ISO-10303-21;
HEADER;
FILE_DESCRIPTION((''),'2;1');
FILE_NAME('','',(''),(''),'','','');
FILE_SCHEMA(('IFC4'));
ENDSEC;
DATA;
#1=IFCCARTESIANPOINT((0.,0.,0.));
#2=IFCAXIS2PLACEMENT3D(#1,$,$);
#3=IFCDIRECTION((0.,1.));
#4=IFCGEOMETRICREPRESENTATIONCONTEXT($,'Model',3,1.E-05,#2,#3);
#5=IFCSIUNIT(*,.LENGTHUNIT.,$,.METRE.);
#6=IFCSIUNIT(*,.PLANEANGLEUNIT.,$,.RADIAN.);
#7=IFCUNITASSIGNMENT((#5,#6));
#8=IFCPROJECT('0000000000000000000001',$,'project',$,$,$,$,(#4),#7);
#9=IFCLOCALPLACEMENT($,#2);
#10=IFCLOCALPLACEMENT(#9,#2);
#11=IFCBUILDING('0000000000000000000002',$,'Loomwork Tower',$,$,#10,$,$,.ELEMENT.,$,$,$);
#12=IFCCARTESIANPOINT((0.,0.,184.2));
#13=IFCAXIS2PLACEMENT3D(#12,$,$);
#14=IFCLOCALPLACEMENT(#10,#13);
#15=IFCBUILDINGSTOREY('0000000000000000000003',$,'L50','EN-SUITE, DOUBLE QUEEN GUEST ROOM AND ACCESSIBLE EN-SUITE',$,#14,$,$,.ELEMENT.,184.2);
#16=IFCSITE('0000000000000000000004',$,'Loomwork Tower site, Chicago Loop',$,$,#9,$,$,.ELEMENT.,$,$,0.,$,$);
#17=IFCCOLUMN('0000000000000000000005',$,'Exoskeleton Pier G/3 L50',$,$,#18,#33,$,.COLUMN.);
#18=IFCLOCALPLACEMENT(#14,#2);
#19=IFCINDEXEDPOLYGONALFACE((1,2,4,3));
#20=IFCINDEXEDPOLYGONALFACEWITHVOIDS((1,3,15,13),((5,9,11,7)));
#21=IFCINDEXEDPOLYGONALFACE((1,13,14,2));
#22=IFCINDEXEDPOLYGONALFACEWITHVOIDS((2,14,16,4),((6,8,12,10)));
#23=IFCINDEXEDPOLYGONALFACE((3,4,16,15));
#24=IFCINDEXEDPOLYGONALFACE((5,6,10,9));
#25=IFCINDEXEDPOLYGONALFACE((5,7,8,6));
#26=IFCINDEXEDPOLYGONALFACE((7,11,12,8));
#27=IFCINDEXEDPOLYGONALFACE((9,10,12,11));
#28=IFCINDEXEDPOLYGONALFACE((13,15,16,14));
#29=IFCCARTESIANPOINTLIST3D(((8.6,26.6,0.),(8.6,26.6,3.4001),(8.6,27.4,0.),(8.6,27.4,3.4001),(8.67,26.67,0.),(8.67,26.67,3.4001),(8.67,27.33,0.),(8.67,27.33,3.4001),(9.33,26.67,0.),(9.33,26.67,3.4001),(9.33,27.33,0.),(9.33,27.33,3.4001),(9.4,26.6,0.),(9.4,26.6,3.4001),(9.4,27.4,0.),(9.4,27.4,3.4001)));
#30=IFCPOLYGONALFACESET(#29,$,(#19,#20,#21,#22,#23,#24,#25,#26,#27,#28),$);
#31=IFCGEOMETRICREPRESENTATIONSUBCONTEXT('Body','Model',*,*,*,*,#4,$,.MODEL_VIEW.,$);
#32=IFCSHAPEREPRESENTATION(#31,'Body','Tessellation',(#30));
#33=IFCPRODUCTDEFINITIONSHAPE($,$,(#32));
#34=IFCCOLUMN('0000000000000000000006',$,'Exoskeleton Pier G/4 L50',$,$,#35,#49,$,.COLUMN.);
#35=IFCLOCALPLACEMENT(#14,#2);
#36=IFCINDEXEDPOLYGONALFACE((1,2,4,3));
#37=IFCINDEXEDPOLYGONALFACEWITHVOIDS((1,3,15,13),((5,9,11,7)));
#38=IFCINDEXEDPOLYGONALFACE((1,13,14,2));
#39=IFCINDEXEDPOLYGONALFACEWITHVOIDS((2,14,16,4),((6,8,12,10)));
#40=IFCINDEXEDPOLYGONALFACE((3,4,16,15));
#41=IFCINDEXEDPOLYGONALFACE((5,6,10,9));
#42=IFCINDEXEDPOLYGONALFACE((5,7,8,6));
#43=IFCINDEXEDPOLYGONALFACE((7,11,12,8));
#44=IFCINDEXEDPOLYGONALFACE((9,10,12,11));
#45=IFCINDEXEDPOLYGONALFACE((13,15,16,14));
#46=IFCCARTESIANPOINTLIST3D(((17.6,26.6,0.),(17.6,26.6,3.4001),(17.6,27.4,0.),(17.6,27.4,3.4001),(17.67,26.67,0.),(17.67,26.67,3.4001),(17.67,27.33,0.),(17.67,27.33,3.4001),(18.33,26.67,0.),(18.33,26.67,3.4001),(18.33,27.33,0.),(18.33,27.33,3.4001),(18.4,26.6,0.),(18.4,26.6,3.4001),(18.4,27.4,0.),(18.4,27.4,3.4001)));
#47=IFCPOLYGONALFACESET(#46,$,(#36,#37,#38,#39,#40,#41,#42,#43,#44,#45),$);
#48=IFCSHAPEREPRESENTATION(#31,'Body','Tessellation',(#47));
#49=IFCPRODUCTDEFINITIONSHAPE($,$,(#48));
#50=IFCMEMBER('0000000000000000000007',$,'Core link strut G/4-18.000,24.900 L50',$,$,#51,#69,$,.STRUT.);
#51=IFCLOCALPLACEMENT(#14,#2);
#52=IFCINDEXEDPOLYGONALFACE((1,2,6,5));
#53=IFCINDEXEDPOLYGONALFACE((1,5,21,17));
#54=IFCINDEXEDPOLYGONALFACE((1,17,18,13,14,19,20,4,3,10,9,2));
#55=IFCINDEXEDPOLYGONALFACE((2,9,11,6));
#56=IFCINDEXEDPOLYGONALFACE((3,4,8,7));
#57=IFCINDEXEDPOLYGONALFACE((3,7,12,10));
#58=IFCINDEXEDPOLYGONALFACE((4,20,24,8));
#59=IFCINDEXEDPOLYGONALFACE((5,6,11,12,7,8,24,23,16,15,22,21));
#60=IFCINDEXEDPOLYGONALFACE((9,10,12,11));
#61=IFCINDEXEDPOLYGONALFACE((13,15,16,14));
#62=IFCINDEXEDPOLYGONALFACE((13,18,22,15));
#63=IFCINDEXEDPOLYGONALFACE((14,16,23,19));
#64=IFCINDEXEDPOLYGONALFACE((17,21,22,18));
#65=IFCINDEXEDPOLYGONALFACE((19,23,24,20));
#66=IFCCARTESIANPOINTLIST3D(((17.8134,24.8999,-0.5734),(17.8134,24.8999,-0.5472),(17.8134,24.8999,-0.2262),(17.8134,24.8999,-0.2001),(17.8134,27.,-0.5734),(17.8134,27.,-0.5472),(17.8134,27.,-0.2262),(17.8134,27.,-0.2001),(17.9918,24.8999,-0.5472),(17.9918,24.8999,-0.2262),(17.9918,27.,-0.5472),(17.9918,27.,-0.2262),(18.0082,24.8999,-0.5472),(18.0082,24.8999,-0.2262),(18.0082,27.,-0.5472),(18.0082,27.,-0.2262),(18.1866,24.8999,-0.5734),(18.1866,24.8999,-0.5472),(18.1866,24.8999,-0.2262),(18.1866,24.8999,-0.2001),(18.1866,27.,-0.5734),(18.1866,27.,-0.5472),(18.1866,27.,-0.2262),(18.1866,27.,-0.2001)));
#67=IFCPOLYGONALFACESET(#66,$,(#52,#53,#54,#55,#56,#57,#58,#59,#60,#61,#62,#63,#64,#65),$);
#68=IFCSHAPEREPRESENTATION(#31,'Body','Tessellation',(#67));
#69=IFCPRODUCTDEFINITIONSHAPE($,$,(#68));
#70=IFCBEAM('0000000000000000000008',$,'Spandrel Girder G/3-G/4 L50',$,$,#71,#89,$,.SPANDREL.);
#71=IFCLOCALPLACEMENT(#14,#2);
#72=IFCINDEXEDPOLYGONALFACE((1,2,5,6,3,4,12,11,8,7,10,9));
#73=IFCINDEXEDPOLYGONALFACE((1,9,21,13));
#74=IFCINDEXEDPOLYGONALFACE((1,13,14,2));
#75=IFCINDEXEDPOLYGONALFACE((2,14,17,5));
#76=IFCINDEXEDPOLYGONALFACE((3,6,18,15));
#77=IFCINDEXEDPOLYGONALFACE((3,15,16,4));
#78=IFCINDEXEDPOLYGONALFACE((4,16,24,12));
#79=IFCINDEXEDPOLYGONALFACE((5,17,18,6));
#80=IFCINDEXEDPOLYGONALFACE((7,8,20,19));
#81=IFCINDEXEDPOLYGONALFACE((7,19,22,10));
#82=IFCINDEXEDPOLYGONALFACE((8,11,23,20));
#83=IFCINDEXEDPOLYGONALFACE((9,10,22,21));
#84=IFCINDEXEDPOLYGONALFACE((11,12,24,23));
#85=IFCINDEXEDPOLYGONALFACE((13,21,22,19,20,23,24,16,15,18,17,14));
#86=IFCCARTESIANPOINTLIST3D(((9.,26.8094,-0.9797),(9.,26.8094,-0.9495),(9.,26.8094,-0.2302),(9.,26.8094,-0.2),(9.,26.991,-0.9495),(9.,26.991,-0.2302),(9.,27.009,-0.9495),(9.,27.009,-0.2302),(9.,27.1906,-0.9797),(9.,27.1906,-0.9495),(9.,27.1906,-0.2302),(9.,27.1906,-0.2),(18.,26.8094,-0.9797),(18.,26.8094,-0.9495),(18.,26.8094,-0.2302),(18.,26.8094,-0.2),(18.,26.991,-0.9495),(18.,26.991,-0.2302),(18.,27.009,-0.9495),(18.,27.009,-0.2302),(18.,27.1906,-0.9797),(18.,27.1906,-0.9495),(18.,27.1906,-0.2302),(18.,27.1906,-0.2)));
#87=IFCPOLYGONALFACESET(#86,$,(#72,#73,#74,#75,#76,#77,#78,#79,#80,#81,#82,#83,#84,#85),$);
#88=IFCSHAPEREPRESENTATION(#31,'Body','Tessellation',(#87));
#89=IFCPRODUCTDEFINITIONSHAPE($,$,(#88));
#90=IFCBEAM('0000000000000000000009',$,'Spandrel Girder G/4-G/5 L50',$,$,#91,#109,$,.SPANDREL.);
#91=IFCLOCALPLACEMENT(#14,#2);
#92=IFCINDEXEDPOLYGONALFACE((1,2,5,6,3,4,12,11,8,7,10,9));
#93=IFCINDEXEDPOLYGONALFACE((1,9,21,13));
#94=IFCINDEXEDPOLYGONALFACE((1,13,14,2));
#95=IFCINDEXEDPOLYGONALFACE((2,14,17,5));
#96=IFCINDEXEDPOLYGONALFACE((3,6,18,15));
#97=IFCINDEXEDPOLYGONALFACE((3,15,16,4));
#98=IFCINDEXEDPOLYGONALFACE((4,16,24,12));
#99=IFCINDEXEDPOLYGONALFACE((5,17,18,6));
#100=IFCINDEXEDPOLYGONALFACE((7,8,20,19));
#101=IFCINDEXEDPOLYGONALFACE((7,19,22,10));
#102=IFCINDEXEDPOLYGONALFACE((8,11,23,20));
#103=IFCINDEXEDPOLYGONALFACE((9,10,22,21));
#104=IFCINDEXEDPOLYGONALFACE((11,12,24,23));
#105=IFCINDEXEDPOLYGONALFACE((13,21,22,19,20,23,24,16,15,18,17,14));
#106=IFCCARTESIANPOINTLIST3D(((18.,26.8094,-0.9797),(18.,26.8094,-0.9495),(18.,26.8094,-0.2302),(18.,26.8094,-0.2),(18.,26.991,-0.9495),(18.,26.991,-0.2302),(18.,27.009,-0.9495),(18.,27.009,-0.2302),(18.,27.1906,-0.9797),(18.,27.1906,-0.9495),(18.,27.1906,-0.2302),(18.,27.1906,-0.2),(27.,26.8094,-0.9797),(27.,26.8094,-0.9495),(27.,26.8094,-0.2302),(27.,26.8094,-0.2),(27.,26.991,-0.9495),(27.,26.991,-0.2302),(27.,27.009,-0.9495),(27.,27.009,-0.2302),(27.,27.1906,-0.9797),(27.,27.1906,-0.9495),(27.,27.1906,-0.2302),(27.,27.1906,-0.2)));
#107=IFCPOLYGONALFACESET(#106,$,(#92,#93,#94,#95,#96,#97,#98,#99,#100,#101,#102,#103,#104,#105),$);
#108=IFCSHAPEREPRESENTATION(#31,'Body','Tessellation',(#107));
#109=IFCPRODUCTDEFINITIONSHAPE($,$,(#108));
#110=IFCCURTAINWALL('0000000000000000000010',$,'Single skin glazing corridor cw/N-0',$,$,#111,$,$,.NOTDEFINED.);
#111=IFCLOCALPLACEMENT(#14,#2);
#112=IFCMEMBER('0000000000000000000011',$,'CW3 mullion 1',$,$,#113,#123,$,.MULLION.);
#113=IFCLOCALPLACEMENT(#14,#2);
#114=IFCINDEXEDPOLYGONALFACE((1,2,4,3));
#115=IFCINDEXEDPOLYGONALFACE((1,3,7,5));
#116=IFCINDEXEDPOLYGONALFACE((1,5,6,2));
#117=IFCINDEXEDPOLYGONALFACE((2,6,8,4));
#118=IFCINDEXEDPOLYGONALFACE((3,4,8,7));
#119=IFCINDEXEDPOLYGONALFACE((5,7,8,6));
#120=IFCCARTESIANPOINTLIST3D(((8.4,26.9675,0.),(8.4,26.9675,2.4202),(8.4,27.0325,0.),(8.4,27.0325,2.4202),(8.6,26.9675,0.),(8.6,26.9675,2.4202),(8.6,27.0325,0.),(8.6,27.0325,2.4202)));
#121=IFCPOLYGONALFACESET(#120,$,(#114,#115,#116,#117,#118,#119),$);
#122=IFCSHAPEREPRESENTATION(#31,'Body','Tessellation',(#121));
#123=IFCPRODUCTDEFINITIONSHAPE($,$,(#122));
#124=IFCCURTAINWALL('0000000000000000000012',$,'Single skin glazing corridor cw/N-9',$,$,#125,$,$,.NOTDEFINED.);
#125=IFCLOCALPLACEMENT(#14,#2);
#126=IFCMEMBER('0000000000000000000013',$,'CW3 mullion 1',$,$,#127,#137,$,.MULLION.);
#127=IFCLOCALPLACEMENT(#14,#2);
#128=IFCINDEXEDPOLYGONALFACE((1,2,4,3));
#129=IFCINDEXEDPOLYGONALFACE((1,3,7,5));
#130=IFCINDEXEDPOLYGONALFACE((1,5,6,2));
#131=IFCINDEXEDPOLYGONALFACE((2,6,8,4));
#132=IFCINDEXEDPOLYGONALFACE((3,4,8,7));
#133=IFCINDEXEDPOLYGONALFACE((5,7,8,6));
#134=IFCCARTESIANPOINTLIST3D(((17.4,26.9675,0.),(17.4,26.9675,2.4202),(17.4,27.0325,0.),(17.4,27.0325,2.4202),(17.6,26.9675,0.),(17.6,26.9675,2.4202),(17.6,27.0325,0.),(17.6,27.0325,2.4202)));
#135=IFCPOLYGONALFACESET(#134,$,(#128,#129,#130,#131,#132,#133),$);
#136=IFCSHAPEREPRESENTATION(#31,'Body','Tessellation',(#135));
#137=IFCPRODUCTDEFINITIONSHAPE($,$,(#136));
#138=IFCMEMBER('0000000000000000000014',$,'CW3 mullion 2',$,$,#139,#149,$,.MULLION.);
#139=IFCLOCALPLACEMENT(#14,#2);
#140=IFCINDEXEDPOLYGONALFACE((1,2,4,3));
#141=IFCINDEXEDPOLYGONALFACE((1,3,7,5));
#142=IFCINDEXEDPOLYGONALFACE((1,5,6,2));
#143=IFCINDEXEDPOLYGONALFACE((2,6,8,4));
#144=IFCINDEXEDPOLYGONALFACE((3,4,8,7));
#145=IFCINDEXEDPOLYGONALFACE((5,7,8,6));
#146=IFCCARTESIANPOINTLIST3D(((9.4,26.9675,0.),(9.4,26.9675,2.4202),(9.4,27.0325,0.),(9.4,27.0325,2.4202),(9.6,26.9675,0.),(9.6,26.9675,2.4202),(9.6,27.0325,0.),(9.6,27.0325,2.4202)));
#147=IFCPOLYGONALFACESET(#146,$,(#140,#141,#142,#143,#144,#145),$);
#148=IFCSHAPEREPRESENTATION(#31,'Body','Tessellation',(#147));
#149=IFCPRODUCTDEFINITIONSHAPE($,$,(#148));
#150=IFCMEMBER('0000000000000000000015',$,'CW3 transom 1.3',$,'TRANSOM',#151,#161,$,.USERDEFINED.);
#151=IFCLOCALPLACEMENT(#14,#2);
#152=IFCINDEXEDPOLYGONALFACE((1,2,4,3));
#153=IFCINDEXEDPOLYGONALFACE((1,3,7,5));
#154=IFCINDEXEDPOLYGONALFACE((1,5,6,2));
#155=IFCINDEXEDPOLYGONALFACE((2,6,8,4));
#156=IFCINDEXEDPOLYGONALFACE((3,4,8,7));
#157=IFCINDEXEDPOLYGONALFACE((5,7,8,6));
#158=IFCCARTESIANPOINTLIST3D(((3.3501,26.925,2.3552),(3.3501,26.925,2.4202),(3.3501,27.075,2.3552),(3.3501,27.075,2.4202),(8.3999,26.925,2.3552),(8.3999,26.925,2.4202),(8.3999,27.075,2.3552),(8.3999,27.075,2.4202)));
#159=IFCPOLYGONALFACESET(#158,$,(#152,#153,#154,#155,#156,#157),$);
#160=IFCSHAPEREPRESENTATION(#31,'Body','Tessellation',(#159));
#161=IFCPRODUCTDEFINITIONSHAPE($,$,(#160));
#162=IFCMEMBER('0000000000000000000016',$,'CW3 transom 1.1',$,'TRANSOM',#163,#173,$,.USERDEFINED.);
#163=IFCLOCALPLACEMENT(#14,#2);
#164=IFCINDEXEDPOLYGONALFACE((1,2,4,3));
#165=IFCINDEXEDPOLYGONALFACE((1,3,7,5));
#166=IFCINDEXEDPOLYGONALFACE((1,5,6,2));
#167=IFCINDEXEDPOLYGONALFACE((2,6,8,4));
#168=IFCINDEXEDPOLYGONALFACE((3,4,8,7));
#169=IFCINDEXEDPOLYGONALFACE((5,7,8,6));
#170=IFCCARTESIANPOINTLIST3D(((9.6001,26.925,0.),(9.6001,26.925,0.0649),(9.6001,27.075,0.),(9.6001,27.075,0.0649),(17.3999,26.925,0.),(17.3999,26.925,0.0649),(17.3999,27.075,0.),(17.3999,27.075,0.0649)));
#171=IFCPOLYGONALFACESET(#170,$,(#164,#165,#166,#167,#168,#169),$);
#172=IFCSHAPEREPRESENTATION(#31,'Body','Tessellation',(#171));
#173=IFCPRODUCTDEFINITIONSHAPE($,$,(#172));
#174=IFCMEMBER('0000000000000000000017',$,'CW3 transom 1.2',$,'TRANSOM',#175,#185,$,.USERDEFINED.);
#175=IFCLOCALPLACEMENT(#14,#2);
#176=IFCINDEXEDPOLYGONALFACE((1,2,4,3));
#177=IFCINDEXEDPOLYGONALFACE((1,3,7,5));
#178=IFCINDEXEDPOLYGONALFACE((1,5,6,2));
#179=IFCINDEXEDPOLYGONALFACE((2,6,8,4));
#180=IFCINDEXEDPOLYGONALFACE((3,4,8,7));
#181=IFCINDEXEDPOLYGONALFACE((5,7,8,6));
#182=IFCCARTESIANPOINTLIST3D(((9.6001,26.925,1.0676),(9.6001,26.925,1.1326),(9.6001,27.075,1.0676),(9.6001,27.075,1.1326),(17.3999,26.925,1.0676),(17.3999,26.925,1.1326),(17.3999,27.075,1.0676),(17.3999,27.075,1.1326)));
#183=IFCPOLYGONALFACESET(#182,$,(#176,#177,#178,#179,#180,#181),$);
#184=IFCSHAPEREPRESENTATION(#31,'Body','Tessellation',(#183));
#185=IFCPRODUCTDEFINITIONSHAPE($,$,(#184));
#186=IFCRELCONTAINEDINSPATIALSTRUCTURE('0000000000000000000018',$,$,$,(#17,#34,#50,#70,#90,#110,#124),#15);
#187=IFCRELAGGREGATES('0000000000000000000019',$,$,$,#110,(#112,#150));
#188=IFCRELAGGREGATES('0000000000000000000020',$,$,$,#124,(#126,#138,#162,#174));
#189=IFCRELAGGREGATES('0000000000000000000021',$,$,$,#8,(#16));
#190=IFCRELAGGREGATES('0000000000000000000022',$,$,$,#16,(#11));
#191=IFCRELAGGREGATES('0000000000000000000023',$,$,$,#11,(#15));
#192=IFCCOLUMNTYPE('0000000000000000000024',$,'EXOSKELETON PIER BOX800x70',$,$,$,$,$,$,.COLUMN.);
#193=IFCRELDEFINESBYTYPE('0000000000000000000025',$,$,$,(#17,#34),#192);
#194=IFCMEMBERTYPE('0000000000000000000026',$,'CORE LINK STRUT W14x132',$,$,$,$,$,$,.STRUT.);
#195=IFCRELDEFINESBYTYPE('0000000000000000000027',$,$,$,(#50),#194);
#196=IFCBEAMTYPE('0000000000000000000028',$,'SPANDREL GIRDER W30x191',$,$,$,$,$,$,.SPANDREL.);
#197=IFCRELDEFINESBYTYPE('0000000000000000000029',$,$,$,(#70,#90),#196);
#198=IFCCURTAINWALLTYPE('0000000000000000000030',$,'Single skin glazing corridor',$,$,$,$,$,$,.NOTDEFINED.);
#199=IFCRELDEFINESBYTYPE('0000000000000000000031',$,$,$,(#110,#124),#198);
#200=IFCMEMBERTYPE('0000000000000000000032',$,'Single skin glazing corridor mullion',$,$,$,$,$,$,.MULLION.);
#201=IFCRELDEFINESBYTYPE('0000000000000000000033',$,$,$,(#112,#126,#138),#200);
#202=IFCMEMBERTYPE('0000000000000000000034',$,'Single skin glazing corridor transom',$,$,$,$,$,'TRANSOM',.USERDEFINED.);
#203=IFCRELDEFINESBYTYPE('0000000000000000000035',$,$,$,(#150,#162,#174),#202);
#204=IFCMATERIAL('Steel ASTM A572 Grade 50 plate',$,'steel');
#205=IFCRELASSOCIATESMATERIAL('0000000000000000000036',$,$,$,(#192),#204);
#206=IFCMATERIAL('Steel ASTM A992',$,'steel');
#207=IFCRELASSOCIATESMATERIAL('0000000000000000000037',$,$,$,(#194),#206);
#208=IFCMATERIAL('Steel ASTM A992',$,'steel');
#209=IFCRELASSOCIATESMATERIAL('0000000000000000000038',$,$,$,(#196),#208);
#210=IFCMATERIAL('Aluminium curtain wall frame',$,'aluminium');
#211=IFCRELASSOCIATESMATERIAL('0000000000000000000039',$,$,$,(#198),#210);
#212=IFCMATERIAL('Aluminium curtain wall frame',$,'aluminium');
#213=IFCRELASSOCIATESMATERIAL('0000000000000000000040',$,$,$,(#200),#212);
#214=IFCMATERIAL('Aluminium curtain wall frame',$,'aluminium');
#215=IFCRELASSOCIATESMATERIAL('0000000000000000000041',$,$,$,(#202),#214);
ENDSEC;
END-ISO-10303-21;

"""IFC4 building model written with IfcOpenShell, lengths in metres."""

from ifc_helpers import new_model, si_unit, direction, frame, origin, origin_2d, place, context, subcontext, project, spatial, rectangle, hollow_rectangle, i_section, extrude, material, material_profile, profile_set, type_object, element, aggregate, save


model = new_model("IFC4")

# Units and contexts
model_context = context("Model", 3, precision=1e-05, world=origin(), true_north=direction((0.0, 1.0)))
body_context = subcontext(model_context, "Body", "Model", "MODEL_VIEW")
ifc_project = project(units=[si_unit("LENGTHUNIT", "METRE"), si_unit("PLANEANGLEUNIT", "RADIAN")], contexts=[model_context])

# Site, building, storey
site_placement = place(None, origin())
site = spatial("IfcSite", under=ifc_project, at=site_placement, Name="Loomwork Tower site, Chicago Loop", CompositionType="ELEMENT", RefElevation=0.0)
building_placement = place(site_placement, origin())
building = spatial("IfcBuilding", under=site, at=building_placement, Name="Loomwork Tower", CompositionType="ELEMENT")
storey_placement = place(building_placement, frame((0.0, 0.0, 184.2)))
storey = spatial("IfcBuildingStorey", under=building, at=storey_placement, Name="L50", Description="EN-SUITE, DOUBLE QUEEN GUEST ROOM AND ACCESSIBLE EN-SUITE", CompositionType="ELEMENT", Elevation=184.2)

# Columns
ifc_material_1 = material(Name="Steel ASTM A572 Grade 50 plate", Category="steel")
ifc_material_profile_1 = material_profile(ifc_material_1, hollow_rectangle(XDim=0.8, YDim=0.8, WallThickness=0.0701, at=origin_2d()), Name="BOX800x70")
ifc_profile_set_1 = profile_set([ifc_material_profile_1], Name="Steel ASTM A572 Grade 50 plate")
column_type = type_object("IfcColumnType", Name="EXOSKELETON PIER BOX800x70", PredefinedType="COLUMN", material=ifc_profile_set_1)
for number, where, z_axis, x_axis, name in (
    (1, (9.0, 27.0, 0.0), (0.0, 0.0, 1.0), (1.0, 0.0, 0.0), "Exoskeleton Pier G/3 L50"),
    (2, (18.0, 27.0, 0.0), (0.0, 0.0, 1.0), (1.0, 0.0, 0.0), "Exoskeleton Pier G/4 L50"),
):
    element("IfcColumn", number, at=place(storey_placement, frame(where, z_axis=z_axis, x_axis=x_axis)), inside=storey, type_object=column_type, Name=name, PredefinedType="COLUMN", context=body_context, shape_type="SweptSolid", body=[
        extrude(hollow_rectangle(XDim=0.8, YDim=0.8, WallThickness=0.0701, at=origin_2d()), origin(), (0.0, 0.0, 1.0), 3.4001),
    ])

# Member
ifc_material_2 = material(Name="Steel ASTM A992", Category="steel")
ifc_material_profile_2 = material_profile(ifc_material_2, i_section(OverallWidth=0.3733, OverallDepth=0.3733, WebThickness=0.0164, FlangeThickness=0.0261, at=origin_2d()), Name="W14x132")
ifc_profile_set_2 = profile_set([ifc_material_profile_2], Name="Steel ASTM A992")
member_type_1 = type_object("IfcMemberType", Name="CORE LINK STRUT W14x132", PredefinedType="STRUT", material=ifc_profile_set_2)
member_1_placement = place(storey_placement, frame((18.0, 27.0, -0.3867), z_axis=(0.0, -1.0, 0.0), x_axis=(1.0, 0.0, 0.0)))
element("IfcMember", 3, at=member_1_placement, inside=storey, type_object=member_type_1, Name="Core link strut G/4-18.000,24.900 L50", PredefinedType="STRUT", context=body_context, shape_type="SweptSolid", body=[
    extrude(i_section(OverallWidth=0.3733, OverallDepth=0.3733, WebThickness=0.0164, FlangeThickness=0.0261, at=origin_2d()), origin(), (0.0, 0.0, 1.0), 2.1001),
])

# Beams
ifc_material_3 = material(Name="Steel ASTM A992", Category="steel")
ifc_material_profile_3 = material_profile(ifc_material_3, i_section(OverallWidth=0.3811, OverallDepth=0.7798, WebThickness=0.0181, FlangeThickness=0.0303, at=origin_2d()), Name="W30x191")
ifc_profile_set_3 = profile_set([ifc_material_profile_3], Name="Steel ASTM A992")
beam_type = type_object("IfcBeamType", Name="SPANDREL GIRDER W30x191", PredefinedType="SPANDREL", material=ifc_profile_set_3)
for number, where, z_axis, x_axis, name in (
    (4, (9.0, 27.0, -0.5898), (1.0, 0.0, 0.0), (0.0, 1.0, 0.0), "Spandrel Girder G/3-G/4 L50"),
    (5, (18.0, 27.0, -0.5898), (1.0, 0.0, 0.0), (0.0, 1.0, 0.0), "Spandrel Girder G/4-G/5 L50"),
):
    element("IfcBeam", number, at=place(storey_placement, frame(where, z_axis=z_axis, x_axis=x_axis)), inside=storey, type_object=beam_type, Name=name, PredefinedType="SPANDREL", context=body_context, shape_type="SweptSolid", body=[
        extrude(i_section(OverallWidth=0.3811, OverallDepth=0.7798, WebThickness=0.0181, FlangeThickness=0.0303, at=origin_2d()), origin(), (0.0, 0.0, 1.0), 9.0),
    ])

# Curtain wall, member
ifc_material_4 = material(Name="Aluminium curtain wall frame", Category="aluminium")
curtain_wall_type = type_object("IfcCurtainWallType", Name="Single skin glazing corridor", PredefinedType="NOTDEFINED", material=ifc_material_4)
curtain_wall_1_placement = place(storey_placement, origin())
curtain_wall_1 = element("IfcCurtainWall", 6, at=curtain_wall_1_placement, inside=storey, type_object=curtain_wall_type, Name="Single skin glazing corridor cw/N-0", PredefinedType="NOTDEFINED")
ifc_material_5 = material(Name="Aluminium curtain wall frame", Category="aluminium")
ifc_material_profile_4 = material_profile(ifc_material_5, rectangle(XDim=0.0649, YDim=0.2, at=origin_2d()), Name="AL 65x200")
ifc_profile_set_4 = profile_set([ifc_material_profile_4], Name="Aluminium curtain wall frame")
member_type_2 = type_object("IfcMemberType", Name="Single skin glazing corridor mullion", PredefinedType="MULLION", material=ifc_profile_set_4)
member_2_placement = place(storey_placement, frame((8.5, 27.0, 0.0), z_axis=(0.0, 0.0, 1.0), x_axis=(0.0, -1.0, 0.0)))
member_2 = element("IfcMember", 7, at=member_2_placement, type_object=member_type_2, Name="CW3 mullion 1", PredefinedType="MULLION", context=body_context, shape_type="SweptSolid", body=[
    extrude(rectangle(XDim=0.0649, YDim=0.2, at=origin_2d()), origin(), (0.0, 0.0, 1.0), 2.4202),
])

# Curtain wall, members
curtain_wall_2_placement = place(storey_placement, origin())
curtain_wall_2 = element("IfcCurtainWall", 8, at=curtain_wall_2_placement, inside=storey, type_object=curtain_wall_type, Name="Single skin glazing corridor cw/N-9", PredefinedType="NOTDEFINED")
member_3_placement = place(storey_placement, frame((17.5, 27.0, 0.0), z_axis=(0.0, 0.0, 1.0), x_axis=(0.0, -1.0, 0.0)))
member_3 = element("IfcMember", 9, at=member_3_placement, type_object=member_type_2, Name="CW3 mullion 1", PredefinedType="MULLION", context=body_context, shape_type="SweptSolid", body=[
    extrude(rectangle(XDim=0.0649, YDim=0.2, at=origin_2d()), origin(), (0.0, 0.0, 1.0), 2.4202),
])
member_4_placement = place(storey_placement, frame((9.5, 27.0, 0.0), z_axis=(0.0, 0.0, 1.0), x_axis=(0.0, -1.0, 0.0)))
member_4 = element("IfcMember", 10, at=member_4_placement, type_object=member_type_2, Name="CW3 mullion 2", PredefinedType="MULLION", context=body_context, shape_type="SweptSolid", body=[
    extrude(rectangle(XDim=0.0649, YDim=0.2, at=origin_2d()), origin(), (0.0, 0.0, 1.0), 2.4202),
])

# Members
ifc_material_6 = material(Name="Aluminium curtain wall frame", Category="aluminium")
ifc_material_profile_5 = material_profile(ifc_material_6, rectangle(XDim=0.1499, YDim=0.0649, at=origin_2d()), Name="AL 65x150")
ifc_profile_set_5 = profile_set([ifc_material_profile_5], Name="Aluminium curtain wall frame")
member_type_3 = type_object("IfcMemberType", Name="Single skin glazing corridor transom", ElementType="TRANSOM", PredefinedType="USERDEFINED", material=ifc_profile_set_5)
member_5_placement = place(storey_placement, frame((8.3999, 27.0, 2.3877), z_axis=(-1.0, 0.0, 0.0), x_axis=(0.0, -1.0, 0.0)))
member_5 = element("IfcMember", 11, at=member_5_placement, type_object=member_type_3, Name="CW3 transom 1.3", ObjectType="TRANSOM", PredefinedType="USERDEFINED", context=body_context, shape_type="SweptSolid", body=[
    extrude(rectangle(XDim=0.1499, YDim=0.0649, at=origin_2d()), origin(), (0.0, 0.0, 1.0), 5.0498),
])
aggregate(curtain_wall_1, [member_2, member_5])
member_6_placement = place(storey_placement, frame((17.3999, 27.0, 0.0325), z_axis=(-1.0, 0.0, 0.0), x_axis=(0.0, -1.0, 0.0)))
member_6 = element("IfcMember", 12, at=member_6_placement, type_object=member_type_3, Name="CW3 transom 1.1", ObjectType="TRANSOM", PredefinedType="USERDEFINED", context=body_context, shape_type="SweptSolid", body=[
    extrude(rectangle(XDim=0.1499, YDim=0.0649, at=origin_2d()), origin(), (0.0, 0.0, 1.0), 7.7998),
])
member_7_placement = place(storey_placement, frame((17.3999, 27.0, 1.1001), z_axis=(-1.0, 0.0, 0.0), x_axis=(0.0, -1.0, 0.0)))
member_7 = element("IfcMember", 13, at=member_7_placement, type_object=member_type_3, Name="CW3 transom 1.2", ObjectType="TRANSOM", PredefinedType="USERDEFINED", context=body_context, shape_type="SweptSolid", body=[
    extrude(rectangle(XDim=0.1499, YDim=0.0649, at=origin_2d()), origin(), (0.0, 0.0, 1.0), 7.7998),
])

aggregate(curtain_wall_2, [member_3, member_4, member_6, member_7])

save(model, "model.ifc")
